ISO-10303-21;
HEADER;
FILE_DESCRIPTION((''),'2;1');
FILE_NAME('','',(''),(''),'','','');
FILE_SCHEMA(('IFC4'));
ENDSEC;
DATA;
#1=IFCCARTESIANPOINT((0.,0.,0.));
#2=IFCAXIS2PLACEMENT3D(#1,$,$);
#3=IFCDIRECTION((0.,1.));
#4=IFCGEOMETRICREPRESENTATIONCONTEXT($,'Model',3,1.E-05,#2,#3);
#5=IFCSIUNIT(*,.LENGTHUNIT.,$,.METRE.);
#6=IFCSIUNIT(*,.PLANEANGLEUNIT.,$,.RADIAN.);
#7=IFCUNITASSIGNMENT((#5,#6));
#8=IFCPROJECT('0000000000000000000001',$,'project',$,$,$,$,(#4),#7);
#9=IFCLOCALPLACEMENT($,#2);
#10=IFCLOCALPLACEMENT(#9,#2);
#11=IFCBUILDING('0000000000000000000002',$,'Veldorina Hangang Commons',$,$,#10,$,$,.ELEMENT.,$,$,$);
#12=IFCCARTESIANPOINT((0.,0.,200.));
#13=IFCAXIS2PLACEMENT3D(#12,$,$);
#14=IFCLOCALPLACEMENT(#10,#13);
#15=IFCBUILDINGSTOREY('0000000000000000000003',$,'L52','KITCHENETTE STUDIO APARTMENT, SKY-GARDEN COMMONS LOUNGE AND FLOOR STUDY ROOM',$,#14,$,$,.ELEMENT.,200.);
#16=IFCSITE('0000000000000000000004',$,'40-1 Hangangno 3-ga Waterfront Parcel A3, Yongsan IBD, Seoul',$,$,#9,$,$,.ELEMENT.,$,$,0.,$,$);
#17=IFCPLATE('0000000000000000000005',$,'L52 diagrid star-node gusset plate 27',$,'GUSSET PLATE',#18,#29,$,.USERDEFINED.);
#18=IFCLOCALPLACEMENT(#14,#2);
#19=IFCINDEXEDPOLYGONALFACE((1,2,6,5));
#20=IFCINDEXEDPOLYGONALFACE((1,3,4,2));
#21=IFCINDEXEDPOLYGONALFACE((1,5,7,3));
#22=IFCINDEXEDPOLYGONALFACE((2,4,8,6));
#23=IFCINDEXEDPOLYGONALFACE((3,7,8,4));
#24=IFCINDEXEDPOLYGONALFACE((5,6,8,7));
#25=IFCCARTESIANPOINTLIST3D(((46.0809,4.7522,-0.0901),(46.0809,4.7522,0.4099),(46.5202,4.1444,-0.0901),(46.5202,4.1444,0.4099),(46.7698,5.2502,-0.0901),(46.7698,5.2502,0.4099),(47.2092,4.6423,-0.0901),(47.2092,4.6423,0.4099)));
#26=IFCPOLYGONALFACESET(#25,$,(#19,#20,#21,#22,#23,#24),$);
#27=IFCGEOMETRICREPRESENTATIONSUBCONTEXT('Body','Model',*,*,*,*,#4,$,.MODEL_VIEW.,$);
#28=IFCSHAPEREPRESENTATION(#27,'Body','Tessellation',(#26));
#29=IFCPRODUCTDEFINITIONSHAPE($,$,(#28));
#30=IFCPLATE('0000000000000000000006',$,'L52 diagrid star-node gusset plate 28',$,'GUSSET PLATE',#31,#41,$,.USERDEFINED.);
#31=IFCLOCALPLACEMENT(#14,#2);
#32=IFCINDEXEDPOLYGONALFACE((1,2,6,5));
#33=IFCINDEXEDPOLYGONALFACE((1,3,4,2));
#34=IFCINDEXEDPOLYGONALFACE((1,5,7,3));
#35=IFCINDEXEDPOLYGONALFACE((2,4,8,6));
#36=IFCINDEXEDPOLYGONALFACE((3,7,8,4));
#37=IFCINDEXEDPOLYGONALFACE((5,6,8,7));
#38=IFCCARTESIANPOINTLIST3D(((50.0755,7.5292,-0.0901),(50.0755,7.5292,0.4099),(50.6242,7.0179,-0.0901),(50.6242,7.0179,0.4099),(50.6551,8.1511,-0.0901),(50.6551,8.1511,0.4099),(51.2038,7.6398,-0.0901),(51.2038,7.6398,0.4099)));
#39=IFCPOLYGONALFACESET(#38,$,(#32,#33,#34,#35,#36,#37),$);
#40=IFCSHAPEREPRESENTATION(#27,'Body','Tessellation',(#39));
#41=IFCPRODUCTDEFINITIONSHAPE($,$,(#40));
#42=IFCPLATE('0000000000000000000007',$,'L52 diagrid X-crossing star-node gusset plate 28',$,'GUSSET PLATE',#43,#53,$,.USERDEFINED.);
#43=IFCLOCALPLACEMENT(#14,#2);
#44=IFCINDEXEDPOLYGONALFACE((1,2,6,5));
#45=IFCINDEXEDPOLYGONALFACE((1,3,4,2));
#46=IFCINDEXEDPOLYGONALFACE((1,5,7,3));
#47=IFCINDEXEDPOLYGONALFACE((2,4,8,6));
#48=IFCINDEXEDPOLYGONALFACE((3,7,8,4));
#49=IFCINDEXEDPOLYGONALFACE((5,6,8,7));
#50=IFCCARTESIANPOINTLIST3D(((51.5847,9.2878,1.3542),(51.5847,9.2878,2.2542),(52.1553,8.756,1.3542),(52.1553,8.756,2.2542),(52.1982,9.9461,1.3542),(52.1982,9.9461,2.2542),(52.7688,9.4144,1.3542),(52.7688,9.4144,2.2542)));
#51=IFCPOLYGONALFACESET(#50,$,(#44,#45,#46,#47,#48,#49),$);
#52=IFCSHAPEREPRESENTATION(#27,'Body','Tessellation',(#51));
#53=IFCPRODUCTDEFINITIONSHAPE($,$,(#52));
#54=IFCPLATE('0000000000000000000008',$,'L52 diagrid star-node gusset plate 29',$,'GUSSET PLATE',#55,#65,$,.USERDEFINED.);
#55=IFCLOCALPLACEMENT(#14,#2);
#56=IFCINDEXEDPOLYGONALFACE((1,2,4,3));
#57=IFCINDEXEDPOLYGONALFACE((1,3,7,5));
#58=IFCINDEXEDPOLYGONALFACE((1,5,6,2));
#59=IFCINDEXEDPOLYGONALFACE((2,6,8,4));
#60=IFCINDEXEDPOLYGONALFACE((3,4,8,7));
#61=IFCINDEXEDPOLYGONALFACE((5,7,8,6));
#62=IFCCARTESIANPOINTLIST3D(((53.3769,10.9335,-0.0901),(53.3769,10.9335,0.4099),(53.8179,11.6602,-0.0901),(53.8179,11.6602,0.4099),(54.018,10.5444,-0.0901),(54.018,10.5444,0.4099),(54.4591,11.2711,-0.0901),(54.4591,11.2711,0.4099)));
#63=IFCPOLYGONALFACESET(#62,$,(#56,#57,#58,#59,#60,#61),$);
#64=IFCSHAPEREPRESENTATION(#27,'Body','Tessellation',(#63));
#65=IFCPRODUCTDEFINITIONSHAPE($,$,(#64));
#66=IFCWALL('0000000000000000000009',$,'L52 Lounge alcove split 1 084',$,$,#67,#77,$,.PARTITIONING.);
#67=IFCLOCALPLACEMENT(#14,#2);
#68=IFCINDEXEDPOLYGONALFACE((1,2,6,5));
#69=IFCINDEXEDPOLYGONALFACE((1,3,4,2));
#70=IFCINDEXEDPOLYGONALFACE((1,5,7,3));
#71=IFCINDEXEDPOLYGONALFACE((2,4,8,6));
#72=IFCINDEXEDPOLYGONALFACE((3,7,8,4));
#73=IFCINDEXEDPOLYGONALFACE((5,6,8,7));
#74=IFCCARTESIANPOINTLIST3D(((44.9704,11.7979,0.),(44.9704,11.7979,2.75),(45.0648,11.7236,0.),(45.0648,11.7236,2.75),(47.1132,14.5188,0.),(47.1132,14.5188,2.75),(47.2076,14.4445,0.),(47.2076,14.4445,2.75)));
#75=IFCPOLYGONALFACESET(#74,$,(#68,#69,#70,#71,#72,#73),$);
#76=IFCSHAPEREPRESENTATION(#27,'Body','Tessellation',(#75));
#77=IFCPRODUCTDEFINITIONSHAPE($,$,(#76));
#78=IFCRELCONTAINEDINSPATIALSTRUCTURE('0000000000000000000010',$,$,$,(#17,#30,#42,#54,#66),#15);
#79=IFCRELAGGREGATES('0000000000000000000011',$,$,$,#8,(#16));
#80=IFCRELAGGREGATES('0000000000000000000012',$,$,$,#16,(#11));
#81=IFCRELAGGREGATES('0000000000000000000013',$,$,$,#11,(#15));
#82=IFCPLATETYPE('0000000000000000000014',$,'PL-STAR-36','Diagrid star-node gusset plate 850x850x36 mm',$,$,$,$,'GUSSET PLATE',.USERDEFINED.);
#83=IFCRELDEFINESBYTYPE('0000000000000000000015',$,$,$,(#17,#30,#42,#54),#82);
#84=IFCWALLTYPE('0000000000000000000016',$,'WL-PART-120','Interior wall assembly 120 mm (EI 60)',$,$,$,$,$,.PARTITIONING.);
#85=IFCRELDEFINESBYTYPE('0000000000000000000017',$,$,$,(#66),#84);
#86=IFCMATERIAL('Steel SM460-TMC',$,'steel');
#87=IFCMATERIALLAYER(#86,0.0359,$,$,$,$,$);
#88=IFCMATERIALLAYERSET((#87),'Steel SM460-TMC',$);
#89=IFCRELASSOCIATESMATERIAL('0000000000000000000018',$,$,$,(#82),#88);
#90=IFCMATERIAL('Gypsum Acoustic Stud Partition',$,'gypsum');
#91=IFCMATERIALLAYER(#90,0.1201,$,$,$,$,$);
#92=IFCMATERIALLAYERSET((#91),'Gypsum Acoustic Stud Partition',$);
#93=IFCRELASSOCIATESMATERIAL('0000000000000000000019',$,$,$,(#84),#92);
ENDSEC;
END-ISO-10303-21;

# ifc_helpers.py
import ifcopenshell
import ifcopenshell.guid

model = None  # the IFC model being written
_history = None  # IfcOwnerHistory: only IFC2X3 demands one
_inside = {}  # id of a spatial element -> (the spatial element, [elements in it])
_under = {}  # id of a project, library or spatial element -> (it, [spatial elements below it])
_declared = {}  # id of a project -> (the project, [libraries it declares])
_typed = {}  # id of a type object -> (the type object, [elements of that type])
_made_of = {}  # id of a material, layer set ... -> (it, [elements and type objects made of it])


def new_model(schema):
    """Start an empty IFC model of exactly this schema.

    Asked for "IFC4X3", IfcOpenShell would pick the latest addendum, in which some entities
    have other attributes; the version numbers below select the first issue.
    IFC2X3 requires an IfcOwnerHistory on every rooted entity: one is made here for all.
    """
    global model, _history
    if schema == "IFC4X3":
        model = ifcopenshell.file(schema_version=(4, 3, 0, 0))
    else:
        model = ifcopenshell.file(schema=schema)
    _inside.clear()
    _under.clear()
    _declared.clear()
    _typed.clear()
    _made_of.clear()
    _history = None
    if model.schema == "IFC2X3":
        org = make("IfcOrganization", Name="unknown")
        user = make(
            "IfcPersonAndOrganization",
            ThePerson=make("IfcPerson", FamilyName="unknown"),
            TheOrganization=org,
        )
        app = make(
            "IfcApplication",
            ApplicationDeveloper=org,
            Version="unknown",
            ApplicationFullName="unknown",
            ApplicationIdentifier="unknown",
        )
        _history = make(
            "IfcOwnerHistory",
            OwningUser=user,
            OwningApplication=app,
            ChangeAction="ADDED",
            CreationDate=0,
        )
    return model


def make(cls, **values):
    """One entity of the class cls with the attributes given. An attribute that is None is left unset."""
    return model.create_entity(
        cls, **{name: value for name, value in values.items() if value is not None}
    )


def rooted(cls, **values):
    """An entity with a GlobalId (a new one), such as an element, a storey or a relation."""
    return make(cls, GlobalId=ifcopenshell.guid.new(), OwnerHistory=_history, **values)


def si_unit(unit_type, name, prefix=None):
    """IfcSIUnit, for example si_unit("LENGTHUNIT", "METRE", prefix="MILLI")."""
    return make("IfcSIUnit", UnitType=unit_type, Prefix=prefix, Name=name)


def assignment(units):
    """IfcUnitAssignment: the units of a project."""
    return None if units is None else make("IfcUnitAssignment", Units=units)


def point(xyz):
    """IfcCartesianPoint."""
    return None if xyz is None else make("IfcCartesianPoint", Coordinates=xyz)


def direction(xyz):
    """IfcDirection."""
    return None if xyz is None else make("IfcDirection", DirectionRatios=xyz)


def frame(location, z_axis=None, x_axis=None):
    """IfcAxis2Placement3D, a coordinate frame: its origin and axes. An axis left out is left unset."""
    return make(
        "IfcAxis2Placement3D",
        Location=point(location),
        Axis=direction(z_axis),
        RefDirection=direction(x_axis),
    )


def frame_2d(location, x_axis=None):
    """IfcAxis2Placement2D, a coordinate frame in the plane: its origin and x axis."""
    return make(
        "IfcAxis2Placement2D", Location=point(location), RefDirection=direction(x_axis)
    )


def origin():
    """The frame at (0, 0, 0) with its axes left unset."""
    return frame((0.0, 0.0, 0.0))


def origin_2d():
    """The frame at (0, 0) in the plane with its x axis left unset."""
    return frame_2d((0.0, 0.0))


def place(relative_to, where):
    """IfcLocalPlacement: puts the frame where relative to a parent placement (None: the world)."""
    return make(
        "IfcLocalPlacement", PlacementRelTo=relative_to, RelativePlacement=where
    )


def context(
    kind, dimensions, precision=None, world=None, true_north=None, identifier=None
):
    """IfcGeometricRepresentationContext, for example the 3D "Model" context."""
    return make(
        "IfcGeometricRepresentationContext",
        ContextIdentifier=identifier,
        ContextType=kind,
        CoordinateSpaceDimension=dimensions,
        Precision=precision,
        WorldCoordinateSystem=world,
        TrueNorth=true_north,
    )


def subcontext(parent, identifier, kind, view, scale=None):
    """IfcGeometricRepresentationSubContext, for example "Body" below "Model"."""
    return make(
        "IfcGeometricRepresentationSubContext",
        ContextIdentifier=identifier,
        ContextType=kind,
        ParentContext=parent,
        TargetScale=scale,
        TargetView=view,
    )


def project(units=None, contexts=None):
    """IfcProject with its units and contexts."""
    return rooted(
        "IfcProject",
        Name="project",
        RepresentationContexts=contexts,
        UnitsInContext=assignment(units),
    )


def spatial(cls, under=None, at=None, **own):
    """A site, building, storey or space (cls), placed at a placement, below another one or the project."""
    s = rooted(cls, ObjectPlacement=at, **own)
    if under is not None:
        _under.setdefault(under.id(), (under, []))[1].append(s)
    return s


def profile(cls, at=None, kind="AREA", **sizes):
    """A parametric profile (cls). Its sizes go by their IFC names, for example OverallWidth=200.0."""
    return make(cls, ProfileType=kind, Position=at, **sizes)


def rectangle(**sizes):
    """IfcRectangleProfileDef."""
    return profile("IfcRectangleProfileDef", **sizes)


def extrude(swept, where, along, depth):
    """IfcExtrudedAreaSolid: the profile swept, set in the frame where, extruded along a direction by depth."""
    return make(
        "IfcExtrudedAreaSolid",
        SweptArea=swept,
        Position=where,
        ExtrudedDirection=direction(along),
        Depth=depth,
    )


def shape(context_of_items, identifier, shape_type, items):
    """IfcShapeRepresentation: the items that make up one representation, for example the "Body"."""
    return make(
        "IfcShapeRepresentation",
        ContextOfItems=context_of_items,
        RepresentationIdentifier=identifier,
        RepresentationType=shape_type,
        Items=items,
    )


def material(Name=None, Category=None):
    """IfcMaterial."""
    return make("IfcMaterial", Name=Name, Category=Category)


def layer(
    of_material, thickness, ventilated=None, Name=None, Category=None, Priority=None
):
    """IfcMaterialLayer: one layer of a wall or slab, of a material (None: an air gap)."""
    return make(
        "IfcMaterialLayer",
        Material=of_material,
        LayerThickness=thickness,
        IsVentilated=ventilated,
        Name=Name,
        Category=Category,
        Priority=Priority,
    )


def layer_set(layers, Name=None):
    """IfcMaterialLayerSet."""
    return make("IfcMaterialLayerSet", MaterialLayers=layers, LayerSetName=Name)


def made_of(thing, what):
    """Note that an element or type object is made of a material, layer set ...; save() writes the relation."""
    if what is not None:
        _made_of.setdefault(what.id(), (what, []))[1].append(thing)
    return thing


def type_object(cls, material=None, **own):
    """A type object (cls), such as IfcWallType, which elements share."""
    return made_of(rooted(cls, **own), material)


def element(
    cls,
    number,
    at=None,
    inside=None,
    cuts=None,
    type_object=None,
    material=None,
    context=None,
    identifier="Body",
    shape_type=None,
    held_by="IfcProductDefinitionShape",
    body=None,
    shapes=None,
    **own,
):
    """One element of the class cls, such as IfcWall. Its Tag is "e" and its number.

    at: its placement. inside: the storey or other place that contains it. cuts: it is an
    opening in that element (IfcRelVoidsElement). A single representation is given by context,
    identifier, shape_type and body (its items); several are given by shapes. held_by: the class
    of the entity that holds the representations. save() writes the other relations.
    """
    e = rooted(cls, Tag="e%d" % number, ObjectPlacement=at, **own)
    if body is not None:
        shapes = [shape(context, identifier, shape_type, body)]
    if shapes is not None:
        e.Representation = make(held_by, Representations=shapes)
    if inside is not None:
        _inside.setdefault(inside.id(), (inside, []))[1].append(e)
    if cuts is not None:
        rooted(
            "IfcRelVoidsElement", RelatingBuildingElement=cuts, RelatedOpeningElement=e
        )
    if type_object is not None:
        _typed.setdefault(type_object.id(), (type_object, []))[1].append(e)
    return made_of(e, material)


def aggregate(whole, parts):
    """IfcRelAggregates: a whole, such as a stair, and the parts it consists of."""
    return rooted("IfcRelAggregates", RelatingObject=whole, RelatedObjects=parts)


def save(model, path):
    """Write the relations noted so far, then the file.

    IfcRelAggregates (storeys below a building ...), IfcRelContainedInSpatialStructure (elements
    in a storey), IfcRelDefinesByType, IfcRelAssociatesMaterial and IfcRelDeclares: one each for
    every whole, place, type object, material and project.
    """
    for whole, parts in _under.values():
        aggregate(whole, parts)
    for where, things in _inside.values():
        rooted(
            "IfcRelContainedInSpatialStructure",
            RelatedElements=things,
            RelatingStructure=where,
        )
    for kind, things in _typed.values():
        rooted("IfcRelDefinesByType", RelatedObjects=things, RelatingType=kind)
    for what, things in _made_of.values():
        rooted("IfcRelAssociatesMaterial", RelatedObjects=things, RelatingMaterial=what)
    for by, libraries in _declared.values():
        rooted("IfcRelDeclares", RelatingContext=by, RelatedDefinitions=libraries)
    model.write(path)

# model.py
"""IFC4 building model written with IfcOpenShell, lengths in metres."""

from ifc_helpers import new_model, si_unit, direction, frame, frame_2d, origin, origin_2d, place, context, subcontext, project, spatial, rectangle, extrude, material, layer, layer_set, type_object, element, save


model = new_model("IFC4")

# Units and contexts
model_context = context("Model", 3, precision=1e-05, world=origin(), true_north=direction((0.0, 1.0)))
body_context = subcontext(model_context, "Body", "Model", "MODEL_VIEW")
ifc_project = project(units=[si_unit("LENGTHUNIT", "METRE"), si_unit("PLANEANGLEUNIT", "RADIAN")], contexts=[model_context])

# Site, building, storey
site_placement = place(None, origin())
site = spatial("IfcSite", under=ifc_project, at=site_placement, Name="40-1 Hangangno 3-ga Waterfront Parcel A3, Yongsan IBD, Seoul", CompositionType="ELEMENT", RefElevation=0.0)
building_placement = place(site_placement, origin())
building = spatial("IfcBuilding", under=site, at=building_placement, Name="Veldorina Hangang Commons", CompositionType="ELEMENT")
storey_placement = place(building_placement, frame((0.0, 0.0, 200.0)))
storey = spatial("IfcBuildingStorey", under=building, at=storey_placement, Name="L52", Description="KITCHENETTE STUDIO APARTMENT, SKY-GARDEN COMMONS LOUNGE AND FLOOR STUDY ROOM", CompositionType="ELEMENT", Elevation=200.0)

# Plates
ifc_material_1 = material(Name="Steel SM460-TMC", Category="steel")
ifc_layer_1 = layer(ifc_material_1, 0.0359)
ifc_layer_set_1 = layer_set([ifc_layer_1], Name="Steel SM460-TMC")
plate_type_1 = type_object("IfcPlateType", Name="PL-STAR-36", Description="Diagrid star-node gusset plate 850x850x36 mm", ElementType="GUSSET PLATE", PredefinedType="USERDEFINED", material=ifc_layer_set_1)
for number, where, z_axis, x_axis, name in (
    (1, (46.645, 4.6973, -0.0901), (0.0, 0.0, 1.0), (0.810471, 0.585778, 0.0), "L52 diagrid star-node gusset plate 27"),
    (2, (50.6396, 7.5845, -0.0901), (0.0, 0.0, 1.0), (0.681756, 0.73158, 0.0), "L52 diagrid star-node gusset plate 28"),
):
    element("IfcPlate", number, at=place(storey_placement, frame(where, z_axis=z_axis, x_axis=x_axis)), inside=storey, type_object=plate_type_1, Name=name, ObjectType="GUSSET PLATE", PredefinedType="USERDEFINED", context=body_context, shape_type="SweptSolid", body=[
        extrude(rectangle(XDim=0.8501, YDim=0.75, at=origin_2d()), origin(), (0.0, 0.0, 1.0), 0.5),
    ])
plate_1_placement = place(storey_placement, frame((52.1768, 9.3511, 1.3542), z_axis=(0.0, 0.0, 1.0), x_axis=(0.681756, 0.73158, 0.0)))
element("IfcPlate", 3, at=plate_1_placement, inside=storey, type_object=plate_type_1, Name="L52 diagrid X-crossing star-node gusset plate 28", ObjectType="GUSSET PLATE", PredefinedType="USERDEFINED", context=body_context, shape_type="SweptSolid", body=[
    extrude(rectangle(XDim=0.8999, YDim=0.78, at=origin_2d()), origin(), (0.0, 0.0, 1.0), 0.8999),
])
plate_2_placement = place(storey_placement, frame((53.918, 11.1023, -0.0901), z_axis=(0.0, 0.0, 1.0), x_axis=(0.518833, 0.854876, 0.0)))
element("IfcPlate", 4, at=plate_2_placement, inside=storey, type_object=plate_type_1, Name="L52 diagrid star-node gusset plate 29", ObjectType="GUSSET PLATE", PredefinedType="USERDEFINED", context=body_context, shape_type="SweptSolid", body=[
    extrude(rectangle(XDim=0.8501, YDim=0.75, at=origin_2d()), origin(), (0.0, 0.0, 1.0), 0.5),
])

# Wall
ifc_material_2 = material(Name="Gypsum Acoustic Stud Partition", Category="gypsum")
ifc_layer_2 = layer(ifc_material_2, 0.1201)
ifc_layer_set_2 = layer_set([ifc_layer_2], Name="Gypsum Acoustic Stud Partition")
wall_type_1 = type_object("IfcWallType", Name="WL-PART-120", Description="Interior wall assembly 120 mm (EI 60)", PredefinedType="PARTITIONING", material=ifc_layer_set_2)
wall_1_placement = place(storey_placement, frame((45.0176, 11.7607, 0.0), z_axis=(0.0, 0.0, 1.0), x_axis=(0.618702, 0.785626, 0.0)))
element("IfcWall", 5, at=wall_1_placement, inside=storey, type_object=wall_type_1, Name="L52 Lounge alcove split 1 084", PredefinedType="PARTITIONING", context=body_context, shape_type="SweptSolid", body=[
    extrude(rectangle(XDim=3.4634, YDim=0.1201, at=frame_2d((1.7317, 0.0))), origin(), (0.0, 0.0, 1.0), 2.75),
])

save(model, "model.ifc")
